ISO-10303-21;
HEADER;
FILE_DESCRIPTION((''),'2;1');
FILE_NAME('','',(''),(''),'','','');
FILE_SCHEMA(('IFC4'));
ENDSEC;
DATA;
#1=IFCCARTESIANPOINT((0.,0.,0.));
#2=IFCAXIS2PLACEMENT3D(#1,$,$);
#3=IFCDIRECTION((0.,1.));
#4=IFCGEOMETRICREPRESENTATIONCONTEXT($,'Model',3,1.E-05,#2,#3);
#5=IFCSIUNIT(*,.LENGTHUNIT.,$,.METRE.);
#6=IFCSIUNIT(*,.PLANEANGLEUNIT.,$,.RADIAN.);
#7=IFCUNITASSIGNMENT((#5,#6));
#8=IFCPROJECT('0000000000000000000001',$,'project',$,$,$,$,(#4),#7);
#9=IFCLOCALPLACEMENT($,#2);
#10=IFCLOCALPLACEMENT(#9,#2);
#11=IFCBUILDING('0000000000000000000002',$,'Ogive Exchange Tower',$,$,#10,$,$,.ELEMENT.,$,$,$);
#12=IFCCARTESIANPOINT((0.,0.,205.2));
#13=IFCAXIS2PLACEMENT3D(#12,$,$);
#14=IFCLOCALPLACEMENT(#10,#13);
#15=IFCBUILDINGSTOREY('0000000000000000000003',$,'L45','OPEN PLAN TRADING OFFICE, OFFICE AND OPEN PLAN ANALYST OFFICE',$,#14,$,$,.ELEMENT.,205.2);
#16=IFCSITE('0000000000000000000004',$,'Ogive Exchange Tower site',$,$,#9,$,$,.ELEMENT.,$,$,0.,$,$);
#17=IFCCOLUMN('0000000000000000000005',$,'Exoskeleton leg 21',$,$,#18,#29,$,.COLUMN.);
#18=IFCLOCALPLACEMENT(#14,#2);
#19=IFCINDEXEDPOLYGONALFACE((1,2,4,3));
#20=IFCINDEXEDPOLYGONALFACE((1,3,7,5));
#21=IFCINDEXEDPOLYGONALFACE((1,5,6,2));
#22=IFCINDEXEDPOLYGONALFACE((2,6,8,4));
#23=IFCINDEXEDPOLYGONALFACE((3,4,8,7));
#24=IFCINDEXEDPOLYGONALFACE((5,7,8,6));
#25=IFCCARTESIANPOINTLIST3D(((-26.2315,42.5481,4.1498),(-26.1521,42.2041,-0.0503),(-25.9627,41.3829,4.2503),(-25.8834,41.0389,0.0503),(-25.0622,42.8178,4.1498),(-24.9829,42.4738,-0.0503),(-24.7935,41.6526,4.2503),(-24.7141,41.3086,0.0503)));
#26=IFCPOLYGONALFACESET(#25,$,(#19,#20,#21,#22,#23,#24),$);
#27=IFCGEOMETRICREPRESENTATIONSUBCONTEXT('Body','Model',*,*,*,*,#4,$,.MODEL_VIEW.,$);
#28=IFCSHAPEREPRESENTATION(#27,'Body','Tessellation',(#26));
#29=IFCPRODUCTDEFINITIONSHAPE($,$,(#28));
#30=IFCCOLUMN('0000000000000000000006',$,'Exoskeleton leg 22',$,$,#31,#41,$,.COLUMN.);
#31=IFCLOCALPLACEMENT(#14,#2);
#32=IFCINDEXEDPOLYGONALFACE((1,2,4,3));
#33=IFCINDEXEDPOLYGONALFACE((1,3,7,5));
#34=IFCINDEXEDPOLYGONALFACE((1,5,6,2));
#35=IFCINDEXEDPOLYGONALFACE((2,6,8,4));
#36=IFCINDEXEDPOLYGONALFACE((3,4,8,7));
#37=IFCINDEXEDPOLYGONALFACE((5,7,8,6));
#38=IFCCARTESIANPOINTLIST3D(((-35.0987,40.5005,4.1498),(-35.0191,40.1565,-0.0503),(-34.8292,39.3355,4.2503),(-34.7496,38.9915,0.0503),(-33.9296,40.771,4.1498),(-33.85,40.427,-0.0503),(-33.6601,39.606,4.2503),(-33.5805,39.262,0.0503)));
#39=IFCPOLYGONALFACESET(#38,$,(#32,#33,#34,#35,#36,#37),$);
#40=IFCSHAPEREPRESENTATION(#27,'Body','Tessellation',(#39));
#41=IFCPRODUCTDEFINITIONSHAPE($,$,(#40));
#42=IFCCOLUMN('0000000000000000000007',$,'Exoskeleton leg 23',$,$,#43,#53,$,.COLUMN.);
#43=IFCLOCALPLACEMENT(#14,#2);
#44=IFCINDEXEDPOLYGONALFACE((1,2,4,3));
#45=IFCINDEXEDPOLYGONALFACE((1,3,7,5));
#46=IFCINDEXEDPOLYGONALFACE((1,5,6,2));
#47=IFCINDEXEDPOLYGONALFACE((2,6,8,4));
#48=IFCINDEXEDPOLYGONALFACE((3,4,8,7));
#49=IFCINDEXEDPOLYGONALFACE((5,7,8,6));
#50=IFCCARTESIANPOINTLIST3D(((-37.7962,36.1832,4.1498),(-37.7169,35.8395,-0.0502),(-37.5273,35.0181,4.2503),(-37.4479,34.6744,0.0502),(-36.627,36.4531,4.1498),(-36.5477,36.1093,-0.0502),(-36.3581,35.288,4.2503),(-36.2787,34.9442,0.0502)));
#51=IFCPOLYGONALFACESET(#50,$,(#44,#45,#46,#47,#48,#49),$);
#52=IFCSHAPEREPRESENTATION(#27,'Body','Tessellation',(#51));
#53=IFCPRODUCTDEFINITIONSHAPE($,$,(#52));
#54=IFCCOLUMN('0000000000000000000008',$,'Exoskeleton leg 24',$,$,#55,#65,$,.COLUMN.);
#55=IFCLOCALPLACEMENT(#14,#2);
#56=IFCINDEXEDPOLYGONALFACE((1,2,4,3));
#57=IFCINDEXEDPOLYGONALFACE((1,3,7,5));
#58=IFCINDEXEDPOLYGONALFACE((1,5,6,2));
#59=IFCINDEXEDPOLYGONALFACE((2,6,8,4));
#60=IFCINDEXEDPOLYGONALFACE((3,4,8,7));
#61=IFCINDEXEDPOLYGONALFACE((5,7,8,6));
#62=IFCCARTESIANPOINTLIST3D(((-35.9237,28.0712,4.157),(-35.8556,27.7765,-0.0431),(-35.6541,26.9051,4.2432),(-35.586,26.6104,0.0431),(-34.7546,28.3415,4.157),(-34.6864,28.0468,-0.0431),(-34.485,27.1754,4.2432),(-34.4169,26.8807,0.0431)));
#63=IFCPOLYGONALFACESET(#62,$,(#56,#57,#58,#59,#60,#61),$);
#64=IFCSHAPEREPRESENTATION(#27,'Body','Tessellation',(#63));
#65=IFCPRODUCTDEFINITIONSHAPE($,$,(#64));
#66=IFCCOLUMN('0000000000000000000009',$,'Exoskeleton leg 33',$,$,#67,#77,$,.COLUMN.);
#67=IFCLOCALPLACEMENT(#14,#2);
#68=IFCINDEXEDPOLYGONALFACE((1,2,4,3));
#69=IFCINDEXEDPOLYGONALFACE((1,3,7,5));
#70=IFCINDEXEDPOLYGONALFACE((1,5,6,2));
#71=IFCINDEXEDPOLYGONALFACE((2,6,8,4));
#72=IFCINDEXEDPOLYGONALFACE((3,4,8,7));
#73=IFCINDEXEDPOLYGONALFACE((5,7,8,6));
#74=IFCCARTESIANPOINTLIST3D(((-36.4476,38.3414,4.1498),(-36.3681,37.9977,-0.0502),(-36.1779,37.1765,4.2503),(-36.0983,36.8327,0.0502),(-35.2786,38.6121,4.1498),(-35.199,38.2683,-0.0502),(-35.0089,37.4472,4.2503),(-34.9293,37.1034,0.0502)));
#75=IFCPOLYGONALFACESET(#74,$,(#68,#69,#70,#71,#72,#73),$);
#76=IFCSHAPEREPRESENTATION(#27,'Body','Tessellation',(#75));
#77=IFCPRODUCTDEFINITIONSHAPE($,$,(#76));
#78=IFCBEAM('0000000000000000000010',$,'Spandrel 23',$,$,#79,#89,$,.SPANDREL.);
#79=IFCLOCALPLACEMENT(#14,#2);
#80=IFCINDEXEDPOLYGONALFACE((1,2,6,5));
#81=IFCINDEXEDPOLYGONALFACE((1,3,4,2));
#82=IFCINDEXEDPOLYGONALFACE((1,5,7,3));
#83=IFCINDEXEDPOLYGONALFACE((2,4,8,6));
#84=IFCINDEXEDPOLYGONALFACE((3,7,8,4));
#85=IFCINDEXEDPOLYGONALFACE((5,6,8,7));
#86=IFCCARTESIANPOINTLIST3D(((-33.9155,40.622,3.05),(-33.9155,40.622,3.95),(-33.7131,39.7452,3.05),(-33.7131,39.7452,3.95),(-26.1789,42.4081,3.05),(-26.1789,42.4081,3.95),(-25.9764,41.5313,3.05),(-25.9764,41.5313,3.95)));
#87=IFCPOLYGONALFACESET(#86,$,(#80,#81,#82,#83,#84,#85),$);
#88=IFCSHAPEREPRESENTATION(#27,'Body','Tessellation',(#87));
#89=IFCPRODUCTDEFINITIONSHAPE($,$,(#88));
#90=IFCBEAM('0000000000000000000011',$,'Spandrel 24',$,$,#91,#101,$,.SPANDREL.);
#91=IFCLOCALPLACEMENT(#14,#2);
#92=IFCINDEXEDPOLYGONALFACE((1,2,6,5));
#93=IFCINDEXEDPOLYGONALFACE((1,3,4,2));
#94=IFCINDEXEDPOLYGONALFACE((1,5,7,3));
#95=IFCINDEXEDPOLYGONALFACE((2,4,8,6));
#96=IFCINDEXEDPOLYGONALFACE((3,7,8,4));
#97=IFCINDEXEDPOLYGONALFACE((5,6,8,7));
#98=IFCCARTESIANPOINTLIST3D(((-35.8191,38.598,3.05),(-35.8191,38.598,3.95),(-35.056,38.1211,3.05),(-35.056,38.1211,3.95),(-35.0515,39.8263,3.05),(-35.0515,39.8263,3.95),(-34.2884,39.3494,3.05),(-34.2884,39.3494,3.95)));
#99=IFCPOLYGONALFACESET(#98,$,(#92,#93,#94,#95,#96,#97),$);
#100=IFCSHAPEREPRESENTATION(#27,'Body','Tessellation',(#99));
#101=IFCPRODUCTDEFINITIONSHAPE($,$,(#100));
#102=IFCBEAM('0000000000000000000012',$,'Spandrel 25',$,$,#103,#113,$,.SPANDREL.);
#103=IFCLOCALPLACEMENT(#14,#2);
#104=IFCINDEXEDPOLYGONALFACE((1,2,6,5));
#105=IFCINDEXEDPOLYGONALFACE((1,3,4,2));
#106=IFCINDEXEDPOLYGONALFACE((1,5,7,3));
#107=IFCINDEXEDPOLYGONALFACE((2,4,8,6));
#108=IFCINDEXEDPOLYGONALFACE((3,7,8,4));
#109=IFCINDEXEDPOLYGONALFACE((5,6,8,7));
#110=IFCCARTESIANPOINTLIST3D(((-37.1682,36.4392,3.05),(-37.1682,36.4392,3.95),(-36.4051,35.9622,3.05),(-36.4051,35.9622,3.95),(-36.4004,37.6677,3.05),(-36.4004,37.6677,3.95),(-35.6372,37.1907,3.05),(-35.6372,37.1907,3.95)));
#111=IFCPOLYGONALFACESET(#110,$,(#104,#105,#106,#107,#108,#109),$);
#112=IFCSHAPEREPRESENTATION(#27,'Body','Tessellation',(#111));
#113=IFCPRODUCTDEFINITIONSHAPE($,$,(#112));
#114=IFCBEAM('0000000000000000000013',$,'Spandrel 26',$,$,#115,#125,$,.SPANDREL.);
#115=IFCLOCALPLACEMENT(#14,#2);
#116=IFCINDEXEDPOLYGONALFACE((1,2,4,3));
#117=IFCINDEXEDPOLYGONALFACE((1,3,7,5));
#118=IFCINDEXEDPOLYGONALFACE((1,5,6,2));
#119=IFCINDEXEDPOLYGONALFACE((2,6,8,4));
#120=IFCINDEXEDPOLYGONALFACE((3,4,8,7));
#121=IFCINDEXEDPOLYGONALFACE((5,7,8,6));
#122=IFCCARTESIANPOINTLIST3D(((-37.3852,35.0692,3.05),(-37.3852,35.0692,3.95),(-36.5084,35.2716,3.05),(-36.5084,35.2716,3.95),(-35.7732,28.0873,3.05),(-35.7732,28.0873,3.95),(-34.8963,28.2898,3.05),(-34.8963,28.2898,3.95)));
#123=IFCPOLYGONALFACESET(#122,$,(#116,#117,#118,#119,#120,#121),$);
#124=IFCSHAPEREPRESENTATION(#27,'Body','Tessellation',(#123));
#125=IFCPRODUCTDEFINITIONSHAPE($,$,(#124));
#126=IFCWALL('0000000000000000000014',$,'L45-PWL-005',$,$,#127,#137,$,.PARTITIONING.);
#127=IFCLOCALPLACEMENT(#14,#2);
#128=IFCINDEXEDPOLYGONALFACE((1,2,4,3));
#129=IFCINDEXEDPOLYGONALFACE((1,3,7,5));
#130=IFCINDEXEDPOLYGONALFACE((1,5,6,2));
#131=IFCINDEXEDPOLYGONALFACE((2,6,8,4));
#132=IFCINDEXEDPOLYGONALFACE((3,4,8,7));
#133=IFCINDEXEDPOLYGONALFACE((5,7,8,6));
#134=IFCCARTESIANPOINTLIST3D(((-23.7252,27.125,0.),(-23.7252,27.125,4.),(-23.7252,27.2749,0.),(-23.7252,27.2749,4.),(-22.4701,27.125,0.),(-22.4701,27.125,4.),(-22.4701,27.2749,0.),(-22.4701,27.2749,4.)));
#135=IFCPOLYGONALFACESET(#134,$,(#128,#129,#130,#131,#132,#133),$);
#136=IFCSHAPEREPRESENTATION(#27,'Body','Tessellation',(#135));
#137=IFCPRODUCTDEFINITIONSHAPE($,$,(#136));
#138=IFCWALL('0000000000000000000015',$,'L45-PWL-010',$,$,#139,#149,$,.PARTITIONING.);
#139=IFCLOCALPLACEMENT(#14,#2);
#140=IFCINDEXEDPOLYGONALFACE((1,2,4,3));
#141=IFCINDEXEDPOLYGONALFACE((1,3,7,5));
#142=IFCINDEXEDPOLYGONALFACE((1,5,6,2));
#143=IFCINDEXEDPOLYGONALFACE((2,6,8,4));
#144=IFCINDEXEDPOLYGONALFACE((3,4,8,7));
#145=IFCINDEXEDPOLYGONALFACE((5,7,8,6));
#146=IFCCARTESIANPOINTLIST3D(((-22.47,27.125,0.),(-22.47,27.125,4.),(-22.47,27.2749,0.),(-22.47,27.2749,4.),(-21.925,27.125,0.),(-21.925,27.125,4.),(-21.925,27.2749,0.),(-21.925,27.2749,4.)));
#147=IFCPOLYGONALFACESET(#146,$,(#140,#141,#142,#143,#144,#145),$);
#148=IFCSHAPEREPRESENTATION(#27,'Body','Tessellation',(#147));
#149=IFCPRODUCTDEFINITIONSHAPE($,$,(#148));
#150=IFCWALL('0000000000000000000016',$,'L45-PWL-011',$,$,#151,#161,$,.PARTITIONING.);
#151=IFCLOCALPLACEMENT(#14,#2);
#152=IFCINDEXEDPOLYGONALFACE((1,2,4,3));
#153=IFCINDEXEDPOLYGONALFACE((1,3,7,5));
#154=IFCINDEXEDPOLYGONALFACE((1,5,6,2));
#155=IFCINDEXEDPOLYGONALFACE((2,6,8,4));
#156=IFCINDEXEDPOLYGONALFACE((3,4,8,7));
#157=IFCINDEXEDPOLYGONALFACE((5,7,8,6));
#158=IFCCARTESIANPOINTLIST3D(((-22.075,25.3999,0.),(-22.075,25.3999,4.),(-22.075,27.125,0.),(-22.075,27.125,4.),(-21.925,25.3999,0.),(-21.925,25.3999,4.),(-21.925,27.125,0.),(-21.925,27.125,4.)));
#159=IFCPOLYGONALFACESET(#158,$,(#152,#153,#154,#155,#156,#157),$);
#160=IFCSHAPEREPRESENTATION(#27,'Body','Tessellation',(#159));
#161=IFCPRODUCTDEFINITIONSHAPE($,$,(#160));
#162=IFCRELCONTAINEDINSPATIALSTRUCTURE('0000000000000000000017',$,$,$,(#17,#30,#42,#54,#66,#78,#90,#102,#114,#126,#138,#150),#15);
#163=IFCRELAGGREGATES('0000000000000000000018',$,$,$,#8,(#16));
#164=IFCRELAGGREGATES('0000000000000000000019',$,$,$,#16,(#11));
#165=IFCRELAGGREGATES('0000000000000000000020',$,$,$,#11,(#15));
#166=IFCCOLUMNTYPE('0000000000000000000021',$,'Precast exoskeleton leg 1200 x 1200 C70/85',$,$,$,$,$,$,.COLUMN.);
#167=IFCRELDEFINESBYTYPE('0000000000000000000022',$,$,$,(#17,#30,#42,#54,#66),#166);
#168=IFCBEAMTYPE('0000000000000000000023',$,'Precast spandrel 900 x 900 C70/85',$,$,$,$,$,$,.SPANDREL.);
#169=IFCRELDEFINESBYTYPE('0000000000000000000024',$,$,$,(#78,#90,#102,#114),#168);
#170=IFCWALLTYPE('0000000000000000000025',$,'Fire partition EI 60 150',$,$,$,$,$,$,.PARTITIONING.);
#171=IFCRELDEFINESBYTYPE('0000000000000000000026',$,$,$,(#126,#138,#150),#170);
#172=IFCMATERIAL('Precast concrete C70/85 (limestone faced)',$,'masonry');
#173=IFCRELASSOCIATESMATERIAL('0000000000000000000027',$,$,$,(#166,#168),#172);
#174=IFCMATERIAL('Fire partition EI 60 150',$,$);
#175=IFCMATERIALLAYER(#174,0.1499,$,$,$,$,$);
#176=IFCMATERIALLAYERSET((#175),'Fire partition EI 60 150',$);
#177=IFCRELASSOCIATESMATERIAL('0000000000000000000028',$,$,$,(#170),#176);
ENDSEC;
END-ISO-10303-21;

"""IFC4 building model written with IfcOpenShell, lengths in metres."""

from ifc_helpers import new_model, si_unit, direction, frame, frame_2d, origin, origin_2d, place, context, subcontext, project, spatial, rectangle, extrude, material, layer, layer_set, material_profile, profile_set, type_object, element, save


model = new_model("IFC4")

# Units and contexts
model_context = context("Model", 3, precision=1e-05, world=origin(), true_north=direction((0.0, 1.0)))
body_context = subcontext(model_context, "Body", "Model", "MODEL_VIEW")
ifc_project = project(units=[si_unit("LENGTHUNIT", "METRE"), si_unit("PLANEANGLEUNIT", "RADIAN")], contexts=[model_context])

# Site, building, storey
site_placement = place(None, origin())
site = spatial("IfcSite", under=ifc_project, at=site_placement, Name="Ogive Exchange Tower site", CompositionType="ELEMENT", RefElevation=0.0)
building_placement = place(site_placement, origin())
building = spatial("IfcBuilding", under=site, at=building_placement, Name="Ogive Exchange Tower", CompositionType="ELEMENT")
storey_placement = place(building_placement, frame((0.0, 0.0, 205.2)))
storey = spatial("IfcBuildingStorey", under=building, at=storey_placement, Name="L45", Description="OPEN PLAN TRADING OFFICE, OFFICE AND OPEN PLAN ANALYST OFFICE", CompositionType="ELEMENT", Elevation=205.2)

# Columns
ifc_material_1 = material(Name="Precast concrete C70/85 (limestone faced)", Category="masonry")
ifc_material_profile_1 = material_profile(ifc_material_1, rectangle(XDim=1.2, YDim=1.2, at=origin_2d()), Name="1200 x 1200")
ifc_profile_set_1 = profile_set([ifc_material_profile_1], Name="Precast concrete C70/85 (limestone faced)")
column_type = type_object("IfcColumnType", Name="Precast exoskeleton leg 1200 x 1200 C70/85", PredefinedType="COLUMN", material=ifc_profile_set_1)
for number, where, z_axis, x_axis, name in (
    (1, (-25.4331, 41.7563, 0.0), (-0.018826, 0.081617, 0.996486), (-0.974415, -0.224758, 0.0), "Exoskeleton leg 21"),
    (2, (-34.2998, 39.7092, 0.0), (-0.018884, 0.081616, 0.996485), (-0.974263, -0.225415, 0.0), "Exoskeleton leg 22"),
    (3, (-36.9978, 35.3918, 0.0), (-0.018826, 0.081559, 0.996491), (-0.97438, -0.22491, 0.0), "Exoskeleton leg 23"),
):
    element("IfcColumn", number, at=place(storey_placement, frame(where, z_axis=z_axis, x_axis=x_axis)), inside=storey, type_object=column_type, Name=name, PredefinedType="COLUMN", context=body_context, shape_type="SweptSolid", body=[
        extrude(rectangle(XDim=1.2, YDim=1.2, at=origin_2d()), origin(), (0.0, 0.0, 1.0), 4.2148),
    ])
column_1_placement = place(storey_placement, frame((-35.1362, 27.3286, 0.0), z_axis=(-0.016176, 0.069981, 0.997417), x_axis=(-0.97431, -0.225213, 0.0)))
element("IfcColumn", 4, at=column_1_placement, inside=storey, type_object=column_type, Name="Exoskeleton leg 24", PredefinedType="COLUMN", context=body_context, shape_type="SweptSolid", body=[
    extrude(rectangle(XDim=1.2, YDim=1.2, at=origin_2d()), origin(), (0.0, 0.0, 1.0), 4.2109),
])
column_2_placement = place(storey_placement, frame((-35.6487, 37.5505, 0.0), z_axis=(-0.018884, 0.081559, 0.99649), x_axis=(-0.974228, -0.225567, 0.0)))
element("IfcColumn", 5, at=column_2_placement, inside=storey, type_object=column_type, Name="Exoskeleton leg 33", PredefinedType="COLUMN", context=body_context, shape_type="SweptSolid", body=[
    extrude(rectangle(XDim=1.2, YDim=1.2, at=origin_2d()), origin(), (0.0, 0.0, 1.0), 4.2148),
])

# Beams
ifc_material_profile_2 = material_profile(ifc_material_1, rectangle(XDim=0.8999, YDim=0.8999, at=origin_2d()), Name="900 x 900")
ifc_profile_set_2 = profile_set([ifc_material_profile_2], Name="Precast concrete C70/85 (limestone faced)")
beam_type = type_object("IfcBeamType", Name="Precast spandrel 900 x 900 C70/85", PredefinedType="SPANDREL", material=ifc_profile_set_2)
beam_1_placement = place(storey_placement, frame((-26.0776, 41.9697, 3.5), z_axis=(-0.97437, -0.224952, 0.0), x_axis=(0.224952, -0.97437, 0.0)))
element("IfcBeam", 6, at=beam_1_placement, inside=storey, type_object=beam_type, Name="Spandrel 23", PredefinedType="SPANDREL", context=body_context, shape_type="SweptSolid", body=[
    extrude(rectangle(XDim=0.8999, YDim=0.8999, at=origin_2d()), origin(), (0.0, 0.0, 1.0), 7.9402),
])
beam_2_placement = place(storey_placement, frame((-34.6699, 39.5879, 3.5), z_axis=(-0.529953, -0.848027, 0.0), x_axis=(0.848027, -0.529953, 0.0)))
element("IfcBeam", 7, at=beam_2_placement, inside=storey, type_object=beam_type, Name="Spandrel 24", PredefinedType="SPANDREL", context=body_context, shape_type="SweptSolid", body=[
    extrude(rectangle(XDim=0.8999, YDim=0.8999, at=origin_2d()), origin(), (0.0, 0.0, 1.0), 1.4485),
])
beam_3_placement = place(storey_placement, frame((-36.0188, 37.4292, 3.5), z_axis=(-0.529999, -0.847998, 0.0), x_axis=(0.847998, -0.529999, 0.0)))
element("IfcBeam", 8, at=beam_3_placement, inside=storey, type_object=beam_type, Name="Spandrel 25", PredefinedType="SPANDREL", context=body_context, shape_type="SweptSolid", body=[
    extrude(rectangle(XDim=0.8999, YDim=0.8999, at=origin_2d()), origin(), (0.0, 0.0, 1.0), 1.4487),
])
beam_4_placement = place(storey_placement, frame((-36.9468, 35.1704, 3.5), z_axis=(0.224971, -0.974365, 0.0), x_axis=(0.974365, 0.224971, 0.0)))
element("IfcBeam", 9, at=beam_4_placement, inside=storey, type_object=beam_type, Name="Spandrel 26", PredefinedType="SPANDREL", context=body_context, shape_type="SweptSolid", body=[
    extrude(rectangle(XDim=0.8999, YDim=0.8999, at=origin_2d()), origin(), (0.0, 0.0, 1.0), 7.1655),
])

# Walls
ifc_material_2 = material(Name="Fire partition EI 60 150")
ifc_layer_1 = layer(ifc_material_2, 0.1499)
ifc_layer_set_1 = layer_set([ifc_layer_1], Name="Fire partition EI 60 150")
wall_type_1 = type_object("IfcWallType", Name="Fire partition EI 60 150", PredefinedType="PARTITIONING", material=ifc_layer_set_1)
wall_1_placement = place(storey_placement, frame((-23.7251, 27.2, 0.0), z_axis=(0.0, 0.0, 1.0), x_axis=(1.0, 0.0, 0.0)))
element("IfcWall", 10, at=wall_1_placement, inside=storey, type_object=wall_type_1, Name="L45-PWL-005", PredefinedType="PARTITIONING", context=body_context, shape_type="SweptSolid", body=[
    extrude(rectangle(XDim=1.2551, YDim=0.1499, at=frame_2d((0.6274, 0.0))), origin(), (0.0, 0.0, 1.0), 4.0),
])
wall_2_placement = place(storey_placement, frame((-22.47, 27.2, 0.0), z_axis=(0.0, 0.0, 1.0), x_axis=(1.0, 0.0, 0.0)))
element("IfcWall", 11, at=wall_2_placement, inside=storey, type_object=wall_type_1, Name="L45-PWL-010", PredefinedType="PARTITIONING", context=body_context, shape_type="SweptSolid", body=[
    extrude(rectangle(XDim=0.5449, YDim=0.1499, at=frame_2d((0.2725, 0.0))), origin(), (0.0, 0.0, 1.0), 4.0),
])
wall_3_placement = place(storey_placement, frame((-22.0, 27.125, 0.0), z_axis=(0.0, 0.0, 1.0), x_axis=(0.0, -1.0, 0.0)))
element("IfcWall", 12, at=wall_3_placement, inside=storey, type_object=wall_type_1, Name="L45-PWL-011", PredefinedType="PARTITIONING", context=body_context, shape_type="SweptSolid", body=[
    extrude(rectangle(XDim=1.7251, YDim=0.1499, at=frame_2d((0.8625, 0.0))), origin(), (0.0, 0.0, 1.0), 4.0),
])

save(model, "model.ifc")
